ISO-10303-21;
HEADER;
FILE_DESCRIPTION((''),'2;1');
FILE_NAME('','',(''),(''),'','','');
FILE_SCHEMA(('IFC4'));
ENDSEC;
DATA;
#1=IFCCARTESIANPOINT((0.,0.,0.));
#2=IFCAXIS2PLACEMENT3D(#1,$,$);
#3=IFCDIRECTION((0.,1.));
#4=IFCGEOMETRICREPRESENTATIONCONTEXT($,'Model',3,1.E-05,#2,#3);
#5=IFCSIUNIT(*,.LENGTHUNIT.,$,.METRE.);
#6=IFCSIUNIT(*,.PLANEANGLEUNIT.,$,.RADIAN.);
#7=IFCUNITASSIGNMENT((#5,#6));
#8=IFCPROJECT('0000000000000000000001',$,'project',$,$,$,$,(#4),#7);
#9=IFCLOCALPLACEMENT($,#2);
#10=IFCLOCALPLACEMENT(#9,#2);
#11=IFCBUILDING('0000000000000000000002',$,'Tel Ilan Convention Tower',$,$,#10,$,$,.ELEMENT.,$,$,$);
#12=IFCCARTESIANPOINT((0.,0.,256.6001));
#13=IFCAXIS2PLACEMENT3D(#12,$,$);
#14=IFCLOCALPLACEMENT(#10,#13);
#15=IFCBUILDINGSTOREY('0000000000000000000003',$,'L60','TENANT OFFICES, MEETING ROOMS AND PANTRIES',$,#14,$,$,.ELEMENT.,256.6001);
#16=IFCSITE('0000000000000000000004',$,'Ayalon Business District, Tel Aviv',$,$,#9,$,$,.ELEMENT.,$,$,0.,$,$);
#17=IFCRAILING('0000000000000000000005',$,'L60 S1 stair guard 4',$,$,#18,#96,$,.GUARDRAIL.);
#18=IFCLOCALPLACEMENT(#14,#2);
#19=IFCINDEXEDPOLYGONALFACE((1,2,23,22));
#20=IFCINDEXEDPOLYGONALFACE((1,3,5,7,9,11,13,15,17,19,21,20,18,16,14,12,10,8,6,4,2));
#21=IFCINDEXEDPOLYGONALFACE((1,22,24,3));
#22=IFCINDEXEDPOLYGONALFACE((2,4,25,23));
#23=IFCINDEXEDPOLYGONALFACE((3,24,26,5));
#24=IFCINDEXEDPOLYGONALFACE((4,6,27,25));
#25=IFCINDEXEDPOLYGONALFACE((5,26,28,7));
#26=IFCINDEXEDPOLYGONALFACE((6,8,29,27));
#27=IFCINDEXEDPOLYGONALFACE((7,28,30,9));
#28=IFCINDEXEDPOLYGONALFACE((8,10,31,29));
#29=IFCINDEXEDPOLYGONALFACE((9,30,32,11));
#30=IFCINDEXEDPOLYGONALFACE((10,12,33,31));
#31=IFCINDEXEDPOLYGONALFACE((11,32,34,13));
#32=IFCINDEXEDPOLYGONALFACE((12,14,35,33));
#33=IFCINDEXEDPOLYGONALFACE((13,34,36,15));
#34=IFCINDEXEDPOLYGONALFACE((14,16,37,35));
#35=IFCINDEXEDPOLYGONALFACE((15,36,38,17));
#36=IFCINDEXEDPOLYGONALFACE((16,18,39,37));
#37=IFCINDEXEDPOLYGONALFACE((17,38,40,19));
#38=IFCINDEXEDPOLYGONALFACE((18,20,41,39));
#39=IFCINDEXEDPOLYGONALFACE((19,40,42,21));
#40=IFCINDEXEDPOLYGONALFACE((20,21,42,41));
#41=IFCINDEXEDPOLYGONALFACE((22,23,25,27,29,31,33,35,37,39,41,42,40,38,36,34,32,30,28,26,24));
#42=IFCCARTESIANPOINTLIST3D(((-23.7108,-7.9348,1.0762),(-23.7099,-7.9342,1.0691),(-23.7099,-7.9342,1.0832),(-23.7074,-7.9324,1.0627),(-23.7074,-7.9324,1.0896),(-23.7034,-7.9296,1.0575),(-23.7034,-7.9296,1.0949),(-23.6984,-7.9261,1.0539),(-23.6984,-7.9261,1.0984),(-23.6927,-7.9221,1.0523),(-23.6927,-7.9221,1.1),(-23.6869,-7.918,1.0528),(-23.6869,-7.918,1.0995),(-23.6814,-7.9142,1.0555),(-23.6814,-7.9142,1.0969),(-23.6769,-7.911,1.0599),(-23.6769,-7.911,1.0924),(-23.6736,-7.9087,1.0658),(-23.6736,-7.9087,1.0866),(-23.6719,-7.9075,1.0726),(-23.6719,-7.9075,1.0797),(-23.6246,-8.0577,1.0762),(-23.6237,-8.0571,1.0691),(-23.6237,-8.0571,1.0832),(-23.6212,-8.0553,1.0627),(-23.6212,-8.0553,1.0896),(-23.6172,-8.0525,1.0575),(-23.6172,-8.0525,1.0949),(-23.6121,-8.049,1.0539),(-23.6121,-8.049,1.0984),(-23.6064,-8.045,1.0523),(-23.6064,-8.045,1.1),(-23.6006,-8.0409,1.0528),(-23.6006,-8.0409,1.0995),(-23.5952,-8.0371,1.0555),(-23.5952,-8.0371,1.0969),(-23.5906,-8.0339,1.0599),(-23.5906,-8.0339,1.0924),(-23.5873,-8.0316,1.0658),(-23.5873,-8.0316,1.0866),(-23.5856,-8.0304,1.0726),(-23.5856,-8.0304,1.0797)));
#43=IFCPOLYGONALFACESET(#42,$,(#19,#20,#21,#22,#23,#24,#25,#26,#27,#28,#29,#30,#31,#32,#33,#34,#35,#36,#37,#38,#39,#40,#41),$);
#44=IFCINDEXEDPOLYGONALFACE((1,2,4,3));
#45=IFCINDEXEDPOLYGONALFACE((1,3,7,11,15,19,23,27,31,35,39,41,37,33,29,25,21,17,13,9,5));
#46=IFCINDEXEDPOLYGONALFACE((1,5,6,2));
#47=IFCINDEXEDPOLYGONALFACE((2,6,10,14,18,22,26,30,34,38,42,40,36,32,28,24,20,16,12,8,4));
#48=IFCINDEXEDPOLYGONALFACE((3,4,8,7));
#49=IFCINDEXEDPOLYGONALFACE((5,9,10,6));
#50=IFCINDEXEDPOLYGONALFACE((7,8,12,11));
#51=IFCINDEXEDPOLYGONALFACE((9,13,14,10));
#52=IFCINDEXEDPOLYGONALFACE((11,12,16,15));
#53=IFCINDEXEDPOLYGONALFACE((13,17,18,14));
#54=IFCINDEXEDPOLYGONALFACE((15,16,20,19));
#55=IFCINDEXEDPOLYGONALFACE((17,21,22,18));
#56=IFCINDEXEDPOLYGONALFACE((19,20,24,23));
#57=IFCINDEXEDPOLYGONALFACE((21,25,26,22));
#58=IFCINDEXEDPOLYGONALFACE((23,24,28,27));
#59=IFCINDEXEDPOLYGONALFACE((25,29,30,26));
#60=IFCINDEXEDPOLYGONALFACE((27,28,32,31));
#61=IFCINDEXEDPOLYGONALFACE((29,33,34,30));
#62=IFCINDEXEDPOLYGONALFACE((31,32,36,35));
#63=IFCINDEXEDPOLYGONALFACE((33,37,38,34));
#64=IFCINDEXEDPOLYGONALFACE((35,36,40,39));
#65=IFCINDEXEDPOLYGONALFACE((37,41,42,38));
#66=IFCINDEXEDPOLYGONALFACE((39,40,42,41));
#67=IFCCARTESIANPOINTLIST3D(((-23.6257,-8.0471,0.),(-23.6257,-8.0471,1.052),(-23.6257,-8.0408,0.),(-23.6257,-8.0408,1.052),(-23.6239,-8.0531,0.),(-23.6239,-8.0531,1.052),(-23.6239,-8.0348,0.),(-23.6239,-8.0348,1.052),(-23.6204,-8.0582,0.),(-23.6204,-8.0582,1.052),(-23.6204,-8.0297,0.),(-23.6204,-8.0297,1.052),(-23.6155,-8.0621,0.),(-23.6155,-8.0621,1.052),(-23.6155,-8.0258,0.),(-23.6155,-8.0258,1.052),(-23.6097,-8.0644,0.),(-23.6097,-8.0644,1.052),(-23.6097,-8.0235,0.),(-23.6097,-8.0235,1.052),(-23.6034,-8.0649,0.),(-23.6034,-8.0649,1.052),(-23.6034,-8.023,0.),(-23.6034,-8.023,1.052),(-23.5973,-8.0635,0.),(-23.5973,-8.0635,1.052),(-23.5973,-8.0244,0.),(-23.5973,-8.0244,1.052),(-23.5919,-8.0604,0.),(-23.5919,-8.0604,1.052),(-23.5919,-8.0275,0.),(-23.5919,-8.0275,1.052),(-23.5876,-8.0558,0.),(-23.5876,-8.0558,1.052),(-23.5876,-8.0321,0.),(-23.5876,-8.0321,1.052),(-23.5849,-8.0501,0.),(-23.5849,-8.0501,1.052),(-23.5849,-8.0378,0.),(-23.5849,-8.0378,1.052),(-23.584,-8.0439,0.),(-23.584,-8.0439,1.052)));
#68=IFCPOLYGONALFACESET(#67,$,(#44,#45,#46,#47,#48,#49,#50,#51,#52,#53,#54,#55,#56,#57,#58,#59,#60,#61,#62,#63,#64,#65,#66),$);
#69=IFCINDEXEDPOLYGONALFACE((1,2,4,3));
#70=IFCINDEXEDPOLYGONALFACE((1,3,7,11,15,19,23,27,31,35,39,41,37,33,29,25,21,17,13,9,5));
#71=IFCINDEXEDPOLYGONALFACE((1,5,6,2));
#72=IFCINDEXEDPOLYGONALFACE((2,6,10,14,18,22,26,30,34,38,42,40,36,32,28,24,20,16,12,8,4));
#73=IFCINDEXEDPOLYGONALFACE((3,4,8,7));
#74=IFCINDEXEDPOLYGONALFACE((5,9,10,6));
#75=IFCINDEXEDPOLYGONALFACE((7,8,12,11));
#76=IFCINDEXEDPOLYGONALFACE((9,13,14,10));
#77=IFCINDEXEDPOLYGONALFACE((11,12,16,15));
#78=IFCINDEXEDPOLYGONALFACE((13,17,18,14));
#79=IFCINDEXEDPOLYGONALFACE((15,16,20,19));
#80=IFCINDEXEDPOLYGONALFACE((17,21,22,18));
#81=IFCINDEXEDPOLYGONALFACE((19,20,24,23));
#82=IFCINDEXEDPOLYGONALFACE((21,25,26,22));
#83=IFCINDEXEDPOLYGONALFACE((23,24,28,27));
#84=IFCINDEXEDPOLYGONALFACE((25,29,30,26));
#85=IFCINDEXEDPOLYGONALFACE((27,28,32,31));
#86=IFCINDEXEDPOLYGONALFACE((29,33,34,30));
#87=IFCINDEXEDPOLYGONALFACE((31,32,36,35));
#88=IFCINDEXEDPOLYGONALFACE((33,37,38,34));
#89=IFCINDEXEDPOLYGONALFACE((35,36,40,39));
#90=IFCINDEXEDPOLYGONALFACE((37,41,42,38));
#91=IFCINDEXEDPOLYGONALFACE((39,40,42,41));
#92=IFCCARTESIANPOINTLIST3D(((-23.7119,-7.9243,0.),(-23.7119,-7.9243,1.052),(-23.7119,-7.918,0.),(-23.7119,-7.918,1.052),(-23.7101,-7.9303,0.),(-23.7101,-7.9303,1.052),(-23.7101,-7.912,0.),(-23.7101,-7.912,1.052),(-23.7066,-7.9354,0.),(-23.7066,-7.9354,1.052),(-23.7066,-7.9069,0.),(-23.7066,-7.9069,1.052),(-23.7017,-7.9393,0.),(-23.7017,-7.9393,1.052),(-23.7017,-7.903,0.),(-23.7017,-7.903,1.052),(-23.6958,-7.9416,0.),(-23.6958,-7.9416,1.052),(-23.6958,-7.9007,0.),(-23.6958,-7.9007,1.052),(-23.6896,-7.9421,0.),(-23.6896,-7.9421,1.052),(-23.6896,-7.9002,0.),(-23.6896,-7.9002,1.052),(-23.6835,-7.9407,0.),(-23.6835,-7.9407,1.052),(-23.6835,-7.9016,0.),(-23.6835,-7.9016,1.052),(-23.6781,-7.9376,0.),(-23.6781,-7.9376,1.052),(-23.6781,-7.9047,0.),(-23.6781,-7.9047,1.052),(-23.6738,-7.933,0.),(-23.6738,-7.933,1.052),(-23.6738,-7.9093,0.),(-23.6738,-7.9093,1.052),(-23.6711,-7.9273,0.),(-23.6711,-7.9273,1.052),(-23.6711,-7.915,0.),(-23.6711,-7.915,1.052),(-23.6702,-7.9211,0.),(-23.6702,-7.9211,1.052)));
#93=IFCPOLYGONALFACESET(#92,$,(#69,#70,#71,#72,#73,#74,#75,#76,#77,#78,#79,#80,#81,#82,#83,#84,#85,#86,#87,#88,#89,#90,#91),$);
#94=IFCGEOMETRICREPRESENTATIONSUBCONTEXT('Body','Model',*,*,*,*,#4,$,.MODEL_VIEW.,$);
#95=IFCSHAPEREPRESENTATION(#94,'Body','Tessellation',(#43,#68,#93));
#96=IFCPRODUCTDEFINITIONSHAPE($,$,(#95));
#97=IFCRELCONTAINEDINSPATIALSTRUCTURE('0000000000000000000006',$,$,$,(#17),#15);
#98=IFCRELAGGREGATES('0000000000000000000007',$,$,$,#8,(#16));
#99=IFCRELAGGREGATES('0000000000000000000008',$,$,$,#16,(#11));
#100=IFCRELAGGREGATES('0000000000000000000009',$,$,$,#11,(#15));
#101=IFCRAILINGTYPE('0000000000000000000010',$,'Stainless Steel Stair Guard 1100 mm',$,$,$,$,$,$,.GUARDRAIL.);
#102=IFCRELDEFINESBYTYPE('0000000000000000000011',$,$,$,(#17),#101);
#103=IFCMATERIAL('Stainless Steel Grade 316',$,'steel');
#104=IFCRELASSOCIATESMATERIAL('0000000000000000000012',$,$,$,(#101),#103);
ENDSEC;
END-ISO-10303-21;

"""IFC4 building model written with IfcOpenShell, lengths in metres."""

from ifc_helpers import new_model, si_unit, direction, frame, origin, origin_2d, place, context, subcontext, project, spatial, circle, extrude, material, type_object, element, save


model = new_model("IFC4")

# Units and contexts
model_context = context("Model", 3, precision=1e-05, world=origin(), true_north=direction((0.0, 1.0)))
body_context = subcontext(model_context, "Body", "Model", "MODEL_VIEW")
ifc_project = project(units=[si_unit("LENGTHUNIT", "METRE"), si_unit("PLANEANGLEUNIT", "RADIAN")], contexts=[model_context])

# Site, building, storey
site_placement = place(None, origin())
site = spatial("IfcSite", under=ifc_project, at=site_placement, Name="Ayalon Business District, Tel Aviv", CompositionType="ELEMENT", RefElevation=0.0)
building_placement = place(site_placement, origin())
building = spatial("IfcBuilding", under=site, at=building_placement, Name="Tel Ilan Convention Tower", CompositionType="ELEMENT")
storey_placement = place(building_placement, frame((0.0, 0.0, 256.6001)))
storey = spatial("IfcBuildingStorey", under=building, at=storey_placement, Name="L60", Description="TENANT OFFICES, MEETING ROOMS AND PANTRIES", CompositionType="ELEMENT", Elevation=256.6001)

# Railing
ifc_material_1 = material(Name="Stainless Steel Grade 316", Category="steel")
railing_type = type_object("IfcRailingType", Name="Stainless Steel Stair Guard 1100 mm", PredefinedType="GUARDRAIL", material=ifc_material_1)
railing_1_placement = place(storey_placement, frame((-23.605, -8.0439, 0.0)))
element("IfcRailing", 1, at=railing_1_placement, inside=storey, type_object=railing_type, Name="L60 S1 stair guard 4", PredefinedType="GUARDRAIL", context=body_context, shape_type="SweptSolid", body=[
    extrude(circle(Radius=0.0239, at=origin_2d()), frame((0.0, 0.0, 1.0762), z_axis=(-0.574445, 0.818543, 0.0), x_axis=(-0.818543, -0.574445, 0.0)), (0.0, 0.0, 1.0), 0.1501),
    extrude(circle(Radius=0.021, at=origin_2d()), origin(), (0.0, 0.0, 1.0), 1.052),
    extrude(circle(Radius=0.021, at=origin_2d()), frame((-0.0862, 0.1228, 0.0)), (0.0, 0.0, 1.0), 1.052),
])

save(model, "model.ifc")
